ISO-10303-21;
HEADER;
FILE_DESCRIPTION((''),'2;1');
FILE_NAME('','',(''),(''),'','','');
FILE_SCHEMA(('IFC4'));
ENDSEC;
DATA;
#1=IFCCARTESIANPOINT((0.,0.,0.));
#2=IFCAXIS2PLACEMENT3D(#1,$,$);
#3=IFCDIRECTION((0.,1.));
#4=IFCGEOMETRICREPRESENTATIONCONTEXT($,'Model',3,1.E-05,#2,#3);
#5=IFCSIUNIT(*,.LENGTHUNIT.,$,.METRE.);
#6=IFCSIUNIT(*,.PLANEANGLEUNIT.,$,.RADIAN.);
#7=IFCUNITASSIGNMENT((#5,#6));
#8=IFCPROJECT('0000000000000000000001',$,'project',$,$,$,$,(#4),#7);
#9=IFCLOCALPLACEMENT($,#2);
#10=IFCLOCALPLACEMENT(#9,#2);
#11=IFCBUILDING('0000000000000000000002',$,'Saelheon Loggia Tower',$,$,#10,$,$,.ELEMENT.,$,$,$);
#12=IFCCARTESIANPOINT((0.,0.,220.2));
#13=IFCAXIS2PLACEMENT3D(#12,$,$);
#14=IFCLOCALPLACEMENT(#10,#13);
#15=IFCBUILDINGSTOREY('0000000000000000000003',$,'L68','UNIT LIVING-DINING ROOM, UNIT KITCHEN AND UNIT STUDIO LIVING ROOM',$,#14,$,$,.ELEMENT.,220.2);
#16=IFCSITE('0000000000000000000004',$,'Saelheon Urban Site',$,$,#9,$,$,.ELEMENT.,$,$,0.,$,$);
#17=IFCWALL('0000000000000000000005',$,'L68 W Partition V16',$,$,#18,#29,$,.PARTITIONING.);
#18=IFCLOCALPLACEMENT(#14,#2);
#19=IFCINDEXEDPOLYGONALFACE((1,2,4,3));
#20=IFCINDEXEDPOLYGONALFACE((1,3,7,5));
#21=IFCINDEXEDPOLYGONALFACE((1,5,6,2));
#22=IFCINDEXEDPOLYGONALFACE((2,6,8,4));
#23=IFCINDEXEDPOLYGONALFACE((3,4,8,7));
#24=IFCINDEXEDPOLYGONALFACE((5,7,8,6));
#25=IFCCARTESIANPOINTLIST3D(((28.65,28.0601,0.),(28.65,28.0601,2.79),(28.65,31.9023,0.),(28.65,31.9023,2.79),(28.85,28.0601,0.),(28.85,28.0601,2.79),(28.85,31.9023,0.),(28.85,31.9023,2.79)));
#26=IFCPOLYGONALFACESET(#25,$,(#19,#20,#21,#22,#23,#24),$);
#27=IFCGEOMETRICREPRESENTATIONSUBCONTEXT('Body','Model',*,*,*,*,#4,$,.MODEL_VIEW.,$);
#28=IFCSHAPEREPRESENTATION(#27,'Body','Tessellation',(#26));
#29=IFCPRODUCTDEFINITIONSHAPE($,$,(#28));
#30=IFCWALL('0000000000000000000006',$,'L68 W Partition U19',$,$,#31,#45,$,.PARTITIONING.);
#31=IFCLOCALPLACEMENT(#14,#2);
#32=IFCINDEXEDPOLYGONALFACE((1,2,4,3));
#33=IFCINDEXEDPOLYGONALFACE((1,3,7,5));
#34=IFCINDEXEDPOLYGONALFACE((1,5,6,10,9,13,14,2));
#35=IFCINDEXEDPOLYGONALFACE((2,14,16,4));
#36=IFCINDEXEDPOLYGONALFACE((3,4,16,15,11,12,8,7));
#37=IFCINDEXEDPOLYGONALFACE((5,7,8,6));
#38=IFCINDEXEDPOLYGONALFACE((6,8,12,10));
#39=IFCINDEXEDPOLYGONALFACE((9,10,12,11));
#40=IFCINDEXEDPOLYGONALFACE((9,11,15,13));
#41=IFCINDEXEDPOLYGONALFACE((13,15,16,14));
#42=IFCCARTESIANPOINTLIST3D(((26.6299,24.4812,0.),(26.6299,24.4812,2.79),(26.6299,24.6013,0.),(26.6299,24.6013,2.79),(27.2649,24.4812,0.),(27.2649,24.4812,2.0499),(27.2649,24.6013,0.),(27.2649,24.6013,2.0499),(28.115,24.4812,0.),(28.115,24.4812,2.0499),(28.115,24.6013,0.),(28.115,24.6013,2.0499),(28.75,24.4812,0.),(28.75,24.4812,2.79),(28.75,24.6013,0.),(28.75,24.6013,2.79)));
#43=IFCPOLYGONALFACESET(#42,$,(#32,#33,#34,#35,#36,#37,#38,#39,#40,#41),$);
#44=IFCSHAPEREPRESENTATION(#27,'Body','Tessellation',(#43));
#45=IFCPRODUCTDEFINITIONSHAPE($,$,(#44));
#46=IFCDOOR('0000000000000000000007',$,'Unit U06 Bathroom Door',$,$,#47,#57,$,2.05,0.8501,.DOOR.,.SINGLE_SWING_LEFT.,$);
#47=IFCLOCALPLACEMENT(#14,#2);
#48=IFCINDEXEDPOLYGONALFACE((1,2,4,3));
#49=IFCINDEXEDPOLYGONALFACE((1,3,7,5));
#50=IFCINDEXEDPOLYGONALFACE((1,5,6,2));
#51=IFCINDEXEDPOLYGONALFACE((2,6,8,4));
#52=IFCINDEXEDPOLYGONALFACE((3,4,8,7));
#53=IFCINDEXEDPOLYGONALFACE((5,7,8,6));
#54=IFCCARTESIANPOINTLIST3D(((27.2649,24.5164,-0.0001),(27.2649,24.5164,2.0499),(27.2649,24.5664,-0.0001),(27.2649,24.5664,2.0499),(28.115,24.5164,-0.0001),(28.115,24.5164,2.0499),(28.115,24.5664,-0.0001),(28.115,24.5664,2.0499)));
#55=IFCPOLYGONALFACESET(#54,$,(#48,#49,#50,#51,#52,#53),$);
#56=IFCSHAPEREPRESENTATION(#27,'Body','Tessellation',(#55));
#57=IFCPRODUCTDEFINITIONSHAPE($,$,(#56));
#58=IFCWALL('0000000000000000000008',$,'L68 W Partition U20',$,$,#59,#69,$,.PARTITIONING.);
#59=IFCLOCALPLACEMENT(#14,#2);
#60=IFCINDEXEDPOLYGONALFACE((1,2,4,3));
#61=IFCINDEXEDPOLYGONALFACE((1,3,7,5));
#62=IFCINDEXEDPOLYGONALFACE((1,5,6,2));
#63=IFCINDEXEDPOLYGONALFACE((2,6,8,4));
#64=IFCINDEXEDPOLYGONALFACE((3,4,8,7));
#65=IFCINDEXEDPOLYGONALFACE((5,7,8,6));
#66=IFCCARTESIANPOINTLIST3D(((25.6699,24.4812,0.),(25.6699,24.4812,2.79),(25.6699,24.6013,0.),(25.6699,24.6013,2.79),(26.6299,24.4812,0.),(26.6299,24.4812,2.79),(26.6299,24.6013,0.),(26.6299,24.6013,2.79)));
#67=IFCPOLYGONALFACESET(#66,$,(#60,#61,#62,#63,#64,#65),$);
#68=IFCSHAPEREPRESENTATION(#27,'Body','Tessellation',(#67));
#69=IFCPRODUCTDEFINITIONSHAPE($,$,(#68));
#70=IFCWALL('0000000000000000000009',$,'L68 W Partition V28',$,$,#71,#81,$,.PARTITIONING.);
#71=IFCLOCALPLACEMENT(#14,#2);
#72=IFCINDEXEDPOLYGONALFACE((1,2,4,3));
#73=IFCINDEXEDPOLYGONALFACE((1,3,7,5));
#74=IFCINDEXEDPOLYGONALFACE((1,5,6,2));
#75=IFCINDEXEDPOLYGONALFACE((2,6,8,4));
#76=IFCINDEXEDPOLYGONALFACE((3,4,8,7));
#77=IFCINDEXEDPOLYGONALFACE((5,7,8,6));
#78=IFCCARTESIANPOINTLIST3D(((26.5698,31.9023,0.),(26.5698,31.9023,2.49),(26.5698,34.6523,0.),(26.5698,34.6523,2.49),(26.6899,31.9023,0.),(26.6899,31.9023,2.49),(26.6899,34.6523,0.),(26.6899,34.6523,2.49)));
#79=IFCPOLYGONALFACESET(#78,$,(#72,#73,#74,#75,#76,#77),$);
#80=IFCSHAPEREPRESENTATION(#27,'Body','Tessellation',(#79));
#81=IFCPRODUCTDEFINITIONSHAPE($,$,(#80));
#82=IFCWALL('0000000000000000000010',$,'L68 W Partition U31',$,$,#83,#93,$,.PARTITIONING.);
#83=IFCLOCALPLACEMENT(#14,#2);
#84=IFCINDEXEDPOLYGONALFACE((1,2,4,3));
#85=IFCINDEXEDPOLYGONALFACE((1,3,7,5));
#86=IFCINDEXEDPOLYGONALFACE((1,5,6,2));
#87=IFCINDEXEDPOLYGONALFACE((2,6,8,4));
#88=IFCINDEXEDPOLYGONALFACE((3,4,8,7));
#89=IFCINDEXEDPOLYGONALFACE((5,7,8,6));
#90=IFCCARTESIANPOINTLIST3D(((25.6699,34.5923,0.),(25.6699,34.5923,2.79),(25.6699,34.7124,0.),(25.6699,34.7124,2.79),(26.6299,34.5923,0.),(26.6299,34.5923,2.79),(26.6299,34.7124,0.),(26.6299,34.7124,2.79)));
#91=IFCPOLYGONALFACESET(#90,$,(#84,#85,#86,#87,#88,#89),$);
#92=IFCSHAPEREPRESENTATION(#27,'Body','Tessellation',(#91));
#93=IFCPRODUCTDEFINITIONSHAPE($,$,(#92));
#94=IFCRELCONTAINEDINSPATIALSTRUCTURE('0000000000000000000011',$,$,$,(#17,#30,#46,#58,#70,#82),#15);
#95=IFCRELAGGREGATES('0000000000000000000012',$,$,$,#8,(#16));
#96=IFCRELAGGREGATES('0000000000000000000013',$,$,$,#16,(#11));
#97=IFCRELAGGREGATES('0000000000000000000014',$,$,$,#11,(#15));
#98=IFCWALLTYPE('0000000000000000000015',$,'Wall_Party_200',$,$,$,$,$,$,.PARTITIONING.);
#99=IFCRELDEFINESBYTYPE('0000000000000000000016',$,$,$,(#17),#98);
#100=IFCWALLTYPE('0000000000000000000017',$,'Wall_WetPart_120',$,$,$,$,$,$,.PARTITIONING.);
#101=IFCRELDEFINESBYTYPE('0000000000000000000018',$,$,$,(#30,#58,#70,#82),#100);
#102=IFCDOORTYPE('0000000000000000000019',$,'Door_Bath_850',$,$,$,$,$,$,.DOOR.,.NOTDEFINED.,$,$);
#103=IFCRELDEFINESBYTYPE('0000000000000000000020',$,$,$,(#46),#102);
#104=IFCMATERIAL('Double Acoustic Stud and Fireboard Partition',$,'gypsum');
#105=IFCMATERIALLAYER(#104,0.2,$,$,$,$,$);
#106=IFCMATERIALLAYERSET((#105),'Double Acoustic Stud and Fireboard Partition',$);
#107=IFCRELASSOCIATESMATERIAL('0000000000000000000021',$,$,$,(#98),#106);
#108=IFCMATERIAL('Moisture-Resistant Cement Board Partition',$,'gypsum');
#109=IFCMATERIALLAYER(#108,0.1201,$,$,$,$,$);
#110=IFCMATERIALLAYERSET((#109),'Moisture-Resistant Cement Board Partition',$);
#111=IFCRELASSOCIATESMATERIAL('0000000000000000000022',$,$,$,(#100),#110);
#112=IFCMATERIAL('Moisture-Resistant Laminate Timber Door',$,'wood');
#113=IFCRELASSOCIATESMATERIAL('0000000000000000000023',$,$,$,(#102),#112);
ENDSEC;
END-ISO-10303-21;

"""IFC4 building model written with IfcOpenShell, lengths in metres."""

from ifc_helpers import new_model, si_unit, direction, frame, frame_2d, origin, place, context, subcontext, project, spatial, rectangle, extrude, source, transform, mapped, material, layer, layer_set, type_object, element, fill, save


model = new_model("IFC4")

# Units and contexts
model_context = context("Model", 3, precision=1e-05, world=origin(), true_north=direction((0.0, 1.0)))
body_context = subcontext(model_context, "Body", "Model", "MODEL_VIEW")
ifc_project = project(units=[si_unit("LENGTHUNIT", "METRE"), si_unit("PLANEANGLEUNIT", "RADIAN")], contexts=[model_context])

# Site, building, storey
site_placement = place(None, origin())
site = spatial("IfcSite", under=ifc_project, at=site_placement, Name="Saelheon Urban Site", CompositionType="ELEMENT", RefElevation=0.0)
building_placement = place(site_placement, origin())
building = spatial("IfcBuilding", under=site, at=building_placement, Name="Saelheon Loggia Tower", CompositionType="ELEMENT")
storey_placement = place(building_placement, frame((0.0, 0.0, 220.2)))
storey = spatial("IfcBuildingStorey", under=building, at=storey_placement, Name="L68", Description="UNIT LIVING-DINING ROOM, UNIT KITCHEN AND UNIT STUDIO LIVING ROOM", CompositionType="ELEMENT", Elevation=220.2)

# Shared definitions
ifc_material_1 = material(Name="Double Acoustic Stud and Fireboard Partition", Category="gypsum")
ifc_layer_1 = layer(ifc_material_1, 0.2)
ifc_layer_set_1 = layer_set([ifc_layer_1], Name="Double Acoustic Stud and Fireboard Partition")
wall_type_1 = type_object("IfcWallType", Name="Wall_Party_200", PredefinedType="PARTITIONING", material=ifc_layer_set_1)

# Wall
wall_1_placement = place(storey_placement, frame((28.75, 28.0601, 0.0), z_axis=(0.0, 0.0, 1.0), x_axis=(0.0, 1.0, 0.0)))
element("IfcWall", 1, at=wall_1_placement, inside=storey, type_object=wall_type_1, Name="L68 W Partition V16", PredefinedType="PARTITIONING", context=body_context, shape_type="SweptSolid", body=[
    extrude(rectangle(XDim=3.8423, YDim=0.2, at=frame_2d((1.9211, 0.0))), origin(), (0.0, 0.0, 1.0), 2.79),
])

# Wall, opening, door
ifc_material_2 = material(Name="Moisture-Resistant Cement Board Partition", Category="gypsum")
ifc_layer_2 = layer(ifc_material_2, 0.1201)
ifc_layer_set_2 = layer_set([ifc_layer_2], Name="Moisture-Resistant Cement Board Partition")
wall_type_2 = type_object("IfcWallType", Name="Wall_WetPart_120", PredefinedType="PARTITIONING", material=ifc_layer_set_2)
wall_2_placement = place(storey_placement, frame((28.75, 24.5413, 0.0), z_axis=(0.0, 0.0, 1.0), x_axis=(-1.0, 0.0, 0.0)))
wall_2 = element("IfcWall", 2, at=wall_2_placement, inside=storey, type_object=wall_type_2, Name="L68 W Partition U19", PredefinedType="PARTITIONING", context=body_context, shape_type="SweptSolid", body=[
    extrude(rectangle(XDim=2.1201, YDim=0.1201, at=frame_2d((1.0601, 0.0))), origin(), (0.0, 0.0, 1.0), 2.79),
])
opening_1_placement = place(wall_2_placement, frame((0.635, 0.0, 0.0)))
opening_1 = element("IfcOpeningElement", 3, at=opening_1_placement, cuts=wall_2, PredefinedType="OPENING", context=body_context, shape_type="SweptSolid", body=[
    extrude(rectangle(XDim=0.8501, YDim=2.05, at=frame_2d((0.425, 1.0249))), frame((0.0, 0.072, 0.0), z_axis=(0.0, -1.0, 0.0), x_axis=(1.0, 0.0, 0.0)), (0.0, 0.0, 1.0), 0.144),
])
ifc_material_3 = material(Name="Moisture-Resistant Laminate Timber Door", Category="wood")
door_type_1 = type_object("IfcDoorType", Name="Door_Bath_850", OperationType="NOTDEFINED", PredefinedType="DOOR", material=ifc_material_3)
shared_shape_1 = source(origin(), body_context, "Body", "SweptSolid", [
    extrude(rectangle(XDim=0.8501, YDim=2.05, at=frame_2d((0.425, 1.0249))), frame((0.0, 0.0249, 0.0), z_axis=(0.0, -1.0, 0.0), x_axis=(1.0, 0.0, 0.0)), (0.0, 0.0, 1.0), 0.05),
])
door_1_placement = place(opening_1_placement, origin())
door_1 = element("IfcDoor", 4, at=door_1_placement, inside=storey, type_object=door_type_1, Name="Unit U06 Bathroom Door", OperationType="SINGLE_SWING_LEFT", OverallHeight=2.05, OverallWidth=0.8501, PredefinedType="DOOR", context=body_context, shape_type="MappedRepresentation", body=[
    mapped(shared_shape_1, transform((0.0, 0.0, 0.0), scale=1.0)),
])
fill(opening_1, door_1)

# Walls
wall_3_placement = place(storey_placement, frame((26.6299, 24.5413, 0.0), z_axis=(0.0, 0.0, 1.0), x_axis=(-1.0, 0.0, 0.0)))
element("IfcWall", 5, at=wall_3_placement, inside=storey, type_object=wall_type_2, Name="L68 W Partition U20", PredefinedType="PARTITIONING", context=body_context, shape_type="SweptSolid", body=[
    extrude(rectangle(XDim=0.96, YDim=0.1201, at=frame_2d((0.48, 0.0))), origin(), (0.0, 0.0, 1.0), 2.79),
])
wall_4_placement = place(storey_placement, frame((26.6299, 31.9023, 0.0), z_axis=(0.0, 0.0, 1.0), x_axis=(0.0, 1.0, 0.0)))
element("IfcWall", 6, at=wall_4_placement, inside=storey, type_object=wall_type_2, Name="L68 W Partition V28", PredefinedType="PARTITIONING", context=body_context, shape_type="SweptSolid", body=[
    extrude(rectangle(XDim=2.75, YDim=0.1201, at=frame_2d((1.375, 0.0))), origin(), (0.0, 0.0, 1.0), 2.49),
])
wall_5_placement = place(storey_placement, frame((26.6299, 34.6523, 0.0), z_axis=(0.0, 0.0, 1.0), x_axis=(-1.0, 0.0, 0.0)))
element("IfcWall", 7, at=wall_5_placement, inside=storey, type_object=wall_type_2, Name="L68 W Partition U31", PredefinedType="PARTITIONING", context=body_context, shape_type="SweptSolid", body=[
    extrude(rectangle(XDim=0.96, YDim=0.1201, at=frame_2d((0.48, 0.0))), origin(), (0.0, 0.0, 1.0), 2.79),
])

save(model, "model.ifc")
